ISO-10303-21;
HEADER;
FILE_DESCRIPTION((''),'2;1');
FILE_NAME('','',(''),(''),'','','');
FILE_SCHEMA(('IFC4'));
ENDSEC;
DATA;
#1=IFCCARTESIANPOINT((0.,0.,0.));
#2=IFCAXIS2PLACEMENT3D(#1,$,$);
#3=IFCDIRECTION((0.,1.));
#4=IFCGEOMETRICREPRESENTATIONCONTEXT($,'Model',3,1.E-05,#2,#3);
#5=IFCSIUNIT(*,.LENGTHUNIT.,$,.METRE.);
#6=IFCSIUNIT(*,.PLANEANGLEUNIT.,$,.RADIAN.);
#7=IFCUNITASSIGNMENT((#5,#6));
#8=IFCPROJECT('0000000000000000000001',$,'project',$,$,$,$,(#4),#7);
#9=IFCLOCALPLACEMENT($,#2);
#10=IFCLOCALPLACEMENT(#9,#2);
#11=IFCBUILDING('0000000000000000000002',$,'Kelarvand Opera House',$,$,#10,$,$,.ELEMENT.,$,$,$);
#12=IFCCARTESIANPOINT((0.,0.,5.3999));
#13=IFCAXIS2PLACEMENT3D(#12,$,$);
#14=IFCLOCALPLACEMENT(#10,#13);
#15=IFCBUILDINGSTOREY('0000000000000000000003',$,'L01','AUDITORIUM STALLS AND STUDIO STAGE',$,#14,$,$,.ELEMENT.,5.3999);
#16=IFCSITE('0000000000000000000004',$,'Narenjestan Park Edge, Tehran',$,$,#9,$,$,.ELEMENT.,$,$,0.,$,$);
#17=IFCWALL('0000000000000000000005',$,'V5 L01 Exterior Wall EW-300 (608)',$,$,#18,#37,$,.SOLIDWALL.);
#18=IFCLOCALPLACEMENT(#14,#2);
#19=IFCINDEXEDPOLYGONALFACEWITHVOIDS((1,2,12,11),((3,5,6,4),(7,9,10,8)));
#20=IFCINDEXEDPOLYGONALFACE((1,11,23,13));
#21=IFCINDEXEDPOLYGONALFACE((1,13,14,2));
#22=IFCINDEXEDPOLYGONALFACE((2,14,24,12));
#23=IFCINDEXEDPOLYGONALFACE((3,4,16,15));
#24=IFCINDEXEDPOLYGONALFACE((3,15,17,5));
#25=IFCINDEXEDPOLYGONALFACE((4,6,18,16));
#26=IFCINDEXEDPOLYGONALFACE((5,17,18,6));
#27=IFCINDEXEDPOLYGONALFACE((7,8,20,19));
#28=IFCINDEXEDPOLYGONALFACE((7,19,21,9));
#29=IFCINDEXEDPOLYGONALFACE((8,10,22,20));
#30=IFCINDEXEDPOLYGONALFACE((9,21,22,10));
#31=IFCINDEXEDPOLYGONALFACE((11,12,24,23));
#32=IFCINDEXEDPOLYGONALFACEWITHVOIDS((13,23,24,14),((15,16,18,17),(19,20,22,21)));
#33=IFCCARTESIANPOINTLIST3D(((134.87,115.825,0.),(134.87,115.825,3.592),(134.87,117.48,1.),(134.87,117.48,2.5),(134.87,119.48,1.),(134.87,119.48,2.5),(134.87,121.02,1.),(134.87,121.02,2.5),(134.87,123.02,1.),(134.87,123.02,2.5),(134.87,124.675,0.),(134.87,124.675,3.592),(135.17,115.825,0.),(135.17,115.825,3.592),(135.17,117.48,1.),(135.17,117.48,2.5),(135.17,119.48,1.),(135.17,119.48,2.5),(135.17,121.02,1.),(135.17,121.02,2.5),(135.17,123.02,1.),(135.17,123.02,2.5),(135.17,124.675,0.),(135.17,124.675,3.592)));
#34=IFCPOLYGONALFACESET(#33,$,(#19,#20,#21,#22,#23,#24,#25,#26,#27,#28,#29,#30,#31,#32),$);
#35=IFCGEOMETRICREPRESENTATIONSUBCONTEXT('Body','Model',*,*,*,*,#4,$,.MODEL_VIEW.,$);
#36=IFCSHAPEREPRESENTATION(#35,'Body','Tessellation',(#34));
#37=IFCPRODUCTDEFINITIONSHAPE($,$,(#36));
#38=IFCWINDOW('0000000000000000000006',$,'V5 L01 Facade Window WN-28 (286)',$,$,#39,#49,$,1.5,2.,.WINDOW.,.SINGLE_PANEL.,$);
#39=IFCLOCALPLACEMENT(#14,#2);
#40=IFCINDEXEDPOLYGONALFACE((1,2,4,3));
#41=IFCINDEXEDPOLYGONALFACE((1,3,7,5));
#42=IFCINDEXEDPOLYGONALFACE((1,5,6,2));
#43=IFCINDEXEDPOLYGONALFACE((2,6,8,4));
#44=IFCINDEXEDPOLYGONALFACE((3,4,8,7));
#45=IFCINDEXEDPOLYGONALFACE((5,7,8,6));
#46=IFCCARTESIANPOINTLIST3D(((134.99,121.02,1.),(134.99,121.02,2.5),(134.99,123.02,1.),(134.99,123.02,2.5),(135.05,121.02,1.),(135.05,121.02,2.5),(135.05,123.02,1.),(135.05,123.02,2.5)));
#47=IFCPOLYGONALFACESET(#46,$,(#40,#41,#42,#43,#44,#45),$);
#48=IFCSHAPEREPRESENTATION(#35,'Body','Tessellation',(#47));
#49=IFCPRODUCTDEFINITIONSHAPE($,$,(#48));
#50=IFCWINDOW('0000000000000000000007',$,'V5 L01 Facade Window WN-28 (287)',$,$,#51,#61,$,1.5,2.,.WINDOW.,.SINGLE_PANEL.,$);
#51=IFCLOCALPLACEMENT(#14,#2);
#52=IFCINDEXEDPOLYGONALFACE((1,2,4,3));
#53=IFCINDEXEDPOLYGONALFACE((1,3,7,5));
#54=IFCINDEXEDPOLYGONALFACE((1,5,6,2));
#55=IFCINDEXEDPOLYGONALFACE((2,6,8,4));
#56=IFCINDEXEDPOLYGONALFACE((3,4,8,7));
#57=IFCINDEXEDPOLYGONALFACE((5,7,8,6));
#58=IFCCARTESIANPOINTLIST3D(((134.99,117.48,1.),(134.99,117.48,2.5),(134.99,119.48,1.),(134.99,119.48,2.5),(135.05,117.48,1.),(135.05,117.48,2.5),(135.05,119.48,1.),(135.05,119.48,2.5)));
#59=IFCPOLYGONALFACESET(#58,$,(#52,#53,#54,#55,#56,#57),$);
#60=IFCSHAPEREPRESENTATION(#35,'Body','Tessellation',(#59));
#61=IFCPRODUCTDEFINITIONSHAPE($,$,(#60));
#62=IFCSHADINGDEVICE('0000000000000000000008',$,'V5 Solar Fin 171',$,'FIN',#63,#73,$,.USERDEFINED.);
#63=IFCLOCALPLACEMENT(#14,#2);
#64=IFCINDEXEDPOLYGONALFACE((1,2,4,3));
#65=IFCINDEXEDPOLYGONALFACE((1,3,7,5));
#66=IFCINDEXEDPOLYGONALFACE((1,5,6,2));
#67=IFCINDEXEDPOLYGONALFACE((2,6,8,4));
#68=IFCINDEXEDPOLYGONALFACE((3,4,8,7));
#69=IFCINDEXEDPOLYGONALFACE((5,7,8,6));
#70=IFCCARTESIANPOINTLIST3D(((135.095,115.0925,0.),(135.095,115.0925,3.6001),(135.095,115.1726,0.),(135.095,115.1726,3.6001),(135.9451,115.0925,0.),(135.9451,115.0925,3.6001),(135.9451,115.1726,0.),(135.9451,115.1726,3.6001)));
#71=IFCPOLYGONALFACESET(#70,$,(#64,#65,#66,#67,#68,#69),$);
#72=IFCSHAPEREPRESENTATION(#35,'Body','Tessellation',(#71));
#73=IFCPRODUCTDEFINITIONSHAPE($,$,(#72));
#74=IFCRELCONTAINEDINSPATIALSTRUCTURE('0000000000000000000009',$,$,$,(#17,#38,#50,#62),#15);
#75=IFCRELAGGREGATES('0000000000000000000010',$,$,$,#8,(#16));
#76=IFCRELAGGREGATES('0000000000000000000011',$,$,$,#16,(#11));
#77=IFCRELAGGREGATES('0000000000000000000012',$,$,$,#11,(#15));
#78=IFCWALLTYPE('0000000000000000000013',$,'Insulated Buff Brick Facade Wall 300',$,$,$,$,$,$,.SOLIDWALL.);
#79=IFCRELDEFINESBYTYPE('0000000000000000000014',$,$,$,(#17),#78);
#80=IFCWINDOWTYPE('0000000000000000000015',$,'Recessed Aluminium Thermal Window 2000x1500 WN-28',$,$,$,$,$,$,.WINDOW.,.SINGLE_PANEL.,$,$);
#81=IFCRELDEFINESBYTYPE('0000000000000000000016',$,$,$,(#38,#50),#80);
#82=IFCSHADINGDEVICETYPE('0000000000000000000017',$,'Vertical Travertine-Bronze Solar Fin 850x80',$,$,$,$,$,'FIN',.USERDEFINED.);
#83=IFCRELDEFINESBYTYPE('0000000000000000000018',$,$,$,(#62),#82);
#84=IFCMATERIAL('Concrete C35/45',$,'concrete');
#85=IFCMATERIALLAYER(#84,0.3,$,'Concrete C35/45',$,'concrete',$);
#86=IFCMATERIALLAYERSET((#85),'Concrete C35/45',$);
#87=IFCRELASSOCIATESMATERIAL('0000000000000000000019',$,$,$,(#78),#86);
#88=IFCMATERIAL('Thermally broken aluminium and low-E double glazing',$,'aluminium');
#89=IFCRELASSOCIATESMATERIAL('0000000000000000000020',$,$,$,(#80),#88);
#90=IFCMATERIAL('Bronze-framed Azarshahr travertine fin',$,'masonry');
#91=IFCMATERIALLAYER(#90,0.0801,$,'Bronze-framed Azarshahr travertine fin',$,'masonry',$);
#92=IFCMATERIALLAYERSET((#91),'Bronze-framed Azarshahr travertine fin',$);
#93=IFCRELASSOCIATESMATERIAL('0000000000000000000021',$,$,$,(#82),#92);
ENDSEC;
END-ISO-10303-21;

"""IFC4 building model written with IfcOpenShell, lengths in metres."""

from ifc_helpers import new_model, si_unit, direction, frame, frame_2d, origin, origin_2d, place, context, subcontext, project, spatial, rectangle, extrude, material, layer, layer_set, type_object, element, fill, save


model = new_model("IFC4")

# Units and contexts
model_context = context("Model", 3, precision=1e-05, world=origin(), true_north=direction((0.0, 1.0)))
body_context = subcontext(model_context, "Body", "Model", "MODEL_VIEW")
ifc_project = project(units=[si_unit("LENGTHUNIT", "METRE"), si_unit("PLANEANGLEUNIT", "RADIAN")], contexts=[model_context])

# Site, building, storey
site_placement = place(None, origin())
site = spatial("IfcSite", under=ifc_project, at=site_placement, Name="Narenjestan Park Edge, Tehran", CompositionType="ELEMENT", RefElevation=0.0)
building_placement = place(site_placement, origin())
building = spatial("IfcBuilding", under=site, at=building_placement, Name="Kelarvand Opera House", CompositionType="ELEMENT")
storey_placement = place(building_placement, frame((0.0, 0.0, 5.3999)))
storey = spatial("IfcBuildingStorey", under=building, at=storey_placement, Name="L01", Description="AUDITORIUM STALLS AND STUDIO STAGE", CompositionType="ELEMENT", Elevation=5.3999)

# Wall, openings, windows
ifc_material_1 = material(Name="Concrete C35/45", Category="concrete")
ifc_layer_1 = layer(ifc_material_1, 0.3, Name="Concrete C35/45", Category="concrete")
ifc_layer_set_1 = layer_set([ifc_layer_1], Name="Concrete C35/45")
wall_type = type_object("IfcWallType", Name="Insulated Buff Brick Facade Wall 300", PredefinedType="SOLIDWALL", material=ifc_layer_set_1)
wall_placement = place(storey_placement, frame((135.02, 124.675, 0.0), z_axis=(0.0, 0.0, 1.0), x_axis=(0.0, -1.0, 0.0)))
wall = element("IfcWall", 1, at=wall_placement, inside=storey, type_object=wall_type, Name="V5 L01 Exterior Wall EW-300 (608)", PredefinedType="SOLIDWALL", context=body_context, shape_type="SweptSolid", body=[
    extrude(rectangle(XDim=8.8501, YDim=0.3, at=frame_2d((4.425, 0.0))), origin(), (0.0, 0.0, 1.0), 3.592),
])
opening_1_placement = place(wall_placement, frame((1.655, 0.0, 1.0)))
opening_1 = element("IfcOpeningElement", 2, at=opening_1_placement, cuts=wall, PredefinedType="OPENING", context=body_context, shape_type="SweptSolid", body=[
    extrude(rectangle(XDim=2.0, YDim=1.5, at=frame_2d((1.0, 0.75))), frame((0.0, 0.1602, 0.0), z_axis=(0.0, -1.0, 0.0), x_axis=(1.0, 0.0, 0.0)), (0.0, 0.0, 1.0), 0.3201),
])
opening_2_placement = place(wall_placement, frame((5.1951, 0.0, 1.0)))
opening_2 = element("IfcOpeningElement", 3, at=opening_2_placement, cuts=wall, PredefinedType="OPENING", context=body_context, shape_type="SweptSolid", body=[
    extrude(rectangle(XDim=2.0, YDim=1.5, at=frame_2d((1.0, 0.75))), frame((0.0, 0.1602, 0.0), z_axis=(0.0, -1.0, 0.0), x_axis=(1.0, 0.0, 0.0)), (0.0, 0.0, 1.0), 0.3201),
])
ifc_material_2 = material(Name="Thermally broken aluminium and low-E double glazing", Category="aluminium")
window_type = type_object("IfcWindowType", Name="Recessed Aluminium Thermal Window 2000x1500 WN-28", PartitioningType="SINGLE_PANEL", PredefinedType="WINDOW", material=ifc_material_2)
window_1_placement = place(opening_1_placement, origin())
window_1 = element("IfcWindow", 4, at=window_1_placement, inside=storey, type_object=window_type, Name="V5 L01 Facade Window WN-28 (286)", OverallHeight=1.5, OverallWidth=2.0, PartitioningType="SINGLE_PANEL", PredefinedType="WINDOW", context=body_context, shape_type="SweptSolid", body=[
    extrude(rectangle(XDim=2.0, YDim=1.5, at=frame_2d((1.0, 0.75))), frame((0.0, 0.03, 0.0), z_axis=(0.0, -1.0, 0.0), x_axis=(1.0, 0.0, 0.0)), (0.0, 0.0, 1.0), 0.0601),
])
fill(opening_1, window_1)
window_2_placement = place(opening_2_placement, origin())
window_2 = element("IfcWindow", 5, at=window_2_placement, inside=storey, type_object=window_type, Name="V5 L01 Facade Window WN-28 (287)", OverallHeight=1.5, OverallWidth=2.0, PartitioningType="SINGLE_PANEL", PredefinedType="WINDOW", context=body_context, shape_type="SweptSolid", body=[
    extrude(rectangle(XDim=2.0, YDim=1.5, at=frame_2d((1.0, 0.75))), frame((0.0, 0.03, 0.0), z_axis=(0.0, -1.0, 0.0), x_axis=(1.0, 0.0, 0.0)), (0.0, 0.0, 1.0), 0.0601),
])
fill(opening_2, window_2)

# Shading device
ifc_material_3 = material(Name="Bronze-framed Azarshahr travertine fin", Category="masonry")
ifc_layer_2 = layer(ifc_material_3, 0.0801, Name="Bronze-framed Azarshahr travertine fin", Category="masonry")
ifc_layer_set_2 = layer_set([ifc_layer_2], Name="Bronze-framed Azarshahr travertine fin")
shading_device_type = type_object("IfcShadingDeviceType", Name="Vertical Travertine-Bronze Solar Fin 850x80", ElementType="FIN", PredefinedType="USERDEFINED", material=ifc_layer_set_2)
shading_device_placement = place(storey_placement, frame((135.52, 115.1326, 0.0), z_axis=(0.0, 0.0, 1.0), x_axis=(1.0, 0.0, 0.0)))
element("IfcShadingDevice", 6, at=shading_device_placement, inside=storey, type_object=shading_device_type, Name="V5 Solar Fin 171", ObjectType="FIN", PredefinedType="USERDEFINED", context=body_context, shape_type="SweptSolid", body=[
    extrude(rectangle(XDim=0.8501, YDim=0.0801, at=origin_2d()), origin(), (0.0, 0.0, 1.0), 3.6001),
])

save(model, "model.ifc")
